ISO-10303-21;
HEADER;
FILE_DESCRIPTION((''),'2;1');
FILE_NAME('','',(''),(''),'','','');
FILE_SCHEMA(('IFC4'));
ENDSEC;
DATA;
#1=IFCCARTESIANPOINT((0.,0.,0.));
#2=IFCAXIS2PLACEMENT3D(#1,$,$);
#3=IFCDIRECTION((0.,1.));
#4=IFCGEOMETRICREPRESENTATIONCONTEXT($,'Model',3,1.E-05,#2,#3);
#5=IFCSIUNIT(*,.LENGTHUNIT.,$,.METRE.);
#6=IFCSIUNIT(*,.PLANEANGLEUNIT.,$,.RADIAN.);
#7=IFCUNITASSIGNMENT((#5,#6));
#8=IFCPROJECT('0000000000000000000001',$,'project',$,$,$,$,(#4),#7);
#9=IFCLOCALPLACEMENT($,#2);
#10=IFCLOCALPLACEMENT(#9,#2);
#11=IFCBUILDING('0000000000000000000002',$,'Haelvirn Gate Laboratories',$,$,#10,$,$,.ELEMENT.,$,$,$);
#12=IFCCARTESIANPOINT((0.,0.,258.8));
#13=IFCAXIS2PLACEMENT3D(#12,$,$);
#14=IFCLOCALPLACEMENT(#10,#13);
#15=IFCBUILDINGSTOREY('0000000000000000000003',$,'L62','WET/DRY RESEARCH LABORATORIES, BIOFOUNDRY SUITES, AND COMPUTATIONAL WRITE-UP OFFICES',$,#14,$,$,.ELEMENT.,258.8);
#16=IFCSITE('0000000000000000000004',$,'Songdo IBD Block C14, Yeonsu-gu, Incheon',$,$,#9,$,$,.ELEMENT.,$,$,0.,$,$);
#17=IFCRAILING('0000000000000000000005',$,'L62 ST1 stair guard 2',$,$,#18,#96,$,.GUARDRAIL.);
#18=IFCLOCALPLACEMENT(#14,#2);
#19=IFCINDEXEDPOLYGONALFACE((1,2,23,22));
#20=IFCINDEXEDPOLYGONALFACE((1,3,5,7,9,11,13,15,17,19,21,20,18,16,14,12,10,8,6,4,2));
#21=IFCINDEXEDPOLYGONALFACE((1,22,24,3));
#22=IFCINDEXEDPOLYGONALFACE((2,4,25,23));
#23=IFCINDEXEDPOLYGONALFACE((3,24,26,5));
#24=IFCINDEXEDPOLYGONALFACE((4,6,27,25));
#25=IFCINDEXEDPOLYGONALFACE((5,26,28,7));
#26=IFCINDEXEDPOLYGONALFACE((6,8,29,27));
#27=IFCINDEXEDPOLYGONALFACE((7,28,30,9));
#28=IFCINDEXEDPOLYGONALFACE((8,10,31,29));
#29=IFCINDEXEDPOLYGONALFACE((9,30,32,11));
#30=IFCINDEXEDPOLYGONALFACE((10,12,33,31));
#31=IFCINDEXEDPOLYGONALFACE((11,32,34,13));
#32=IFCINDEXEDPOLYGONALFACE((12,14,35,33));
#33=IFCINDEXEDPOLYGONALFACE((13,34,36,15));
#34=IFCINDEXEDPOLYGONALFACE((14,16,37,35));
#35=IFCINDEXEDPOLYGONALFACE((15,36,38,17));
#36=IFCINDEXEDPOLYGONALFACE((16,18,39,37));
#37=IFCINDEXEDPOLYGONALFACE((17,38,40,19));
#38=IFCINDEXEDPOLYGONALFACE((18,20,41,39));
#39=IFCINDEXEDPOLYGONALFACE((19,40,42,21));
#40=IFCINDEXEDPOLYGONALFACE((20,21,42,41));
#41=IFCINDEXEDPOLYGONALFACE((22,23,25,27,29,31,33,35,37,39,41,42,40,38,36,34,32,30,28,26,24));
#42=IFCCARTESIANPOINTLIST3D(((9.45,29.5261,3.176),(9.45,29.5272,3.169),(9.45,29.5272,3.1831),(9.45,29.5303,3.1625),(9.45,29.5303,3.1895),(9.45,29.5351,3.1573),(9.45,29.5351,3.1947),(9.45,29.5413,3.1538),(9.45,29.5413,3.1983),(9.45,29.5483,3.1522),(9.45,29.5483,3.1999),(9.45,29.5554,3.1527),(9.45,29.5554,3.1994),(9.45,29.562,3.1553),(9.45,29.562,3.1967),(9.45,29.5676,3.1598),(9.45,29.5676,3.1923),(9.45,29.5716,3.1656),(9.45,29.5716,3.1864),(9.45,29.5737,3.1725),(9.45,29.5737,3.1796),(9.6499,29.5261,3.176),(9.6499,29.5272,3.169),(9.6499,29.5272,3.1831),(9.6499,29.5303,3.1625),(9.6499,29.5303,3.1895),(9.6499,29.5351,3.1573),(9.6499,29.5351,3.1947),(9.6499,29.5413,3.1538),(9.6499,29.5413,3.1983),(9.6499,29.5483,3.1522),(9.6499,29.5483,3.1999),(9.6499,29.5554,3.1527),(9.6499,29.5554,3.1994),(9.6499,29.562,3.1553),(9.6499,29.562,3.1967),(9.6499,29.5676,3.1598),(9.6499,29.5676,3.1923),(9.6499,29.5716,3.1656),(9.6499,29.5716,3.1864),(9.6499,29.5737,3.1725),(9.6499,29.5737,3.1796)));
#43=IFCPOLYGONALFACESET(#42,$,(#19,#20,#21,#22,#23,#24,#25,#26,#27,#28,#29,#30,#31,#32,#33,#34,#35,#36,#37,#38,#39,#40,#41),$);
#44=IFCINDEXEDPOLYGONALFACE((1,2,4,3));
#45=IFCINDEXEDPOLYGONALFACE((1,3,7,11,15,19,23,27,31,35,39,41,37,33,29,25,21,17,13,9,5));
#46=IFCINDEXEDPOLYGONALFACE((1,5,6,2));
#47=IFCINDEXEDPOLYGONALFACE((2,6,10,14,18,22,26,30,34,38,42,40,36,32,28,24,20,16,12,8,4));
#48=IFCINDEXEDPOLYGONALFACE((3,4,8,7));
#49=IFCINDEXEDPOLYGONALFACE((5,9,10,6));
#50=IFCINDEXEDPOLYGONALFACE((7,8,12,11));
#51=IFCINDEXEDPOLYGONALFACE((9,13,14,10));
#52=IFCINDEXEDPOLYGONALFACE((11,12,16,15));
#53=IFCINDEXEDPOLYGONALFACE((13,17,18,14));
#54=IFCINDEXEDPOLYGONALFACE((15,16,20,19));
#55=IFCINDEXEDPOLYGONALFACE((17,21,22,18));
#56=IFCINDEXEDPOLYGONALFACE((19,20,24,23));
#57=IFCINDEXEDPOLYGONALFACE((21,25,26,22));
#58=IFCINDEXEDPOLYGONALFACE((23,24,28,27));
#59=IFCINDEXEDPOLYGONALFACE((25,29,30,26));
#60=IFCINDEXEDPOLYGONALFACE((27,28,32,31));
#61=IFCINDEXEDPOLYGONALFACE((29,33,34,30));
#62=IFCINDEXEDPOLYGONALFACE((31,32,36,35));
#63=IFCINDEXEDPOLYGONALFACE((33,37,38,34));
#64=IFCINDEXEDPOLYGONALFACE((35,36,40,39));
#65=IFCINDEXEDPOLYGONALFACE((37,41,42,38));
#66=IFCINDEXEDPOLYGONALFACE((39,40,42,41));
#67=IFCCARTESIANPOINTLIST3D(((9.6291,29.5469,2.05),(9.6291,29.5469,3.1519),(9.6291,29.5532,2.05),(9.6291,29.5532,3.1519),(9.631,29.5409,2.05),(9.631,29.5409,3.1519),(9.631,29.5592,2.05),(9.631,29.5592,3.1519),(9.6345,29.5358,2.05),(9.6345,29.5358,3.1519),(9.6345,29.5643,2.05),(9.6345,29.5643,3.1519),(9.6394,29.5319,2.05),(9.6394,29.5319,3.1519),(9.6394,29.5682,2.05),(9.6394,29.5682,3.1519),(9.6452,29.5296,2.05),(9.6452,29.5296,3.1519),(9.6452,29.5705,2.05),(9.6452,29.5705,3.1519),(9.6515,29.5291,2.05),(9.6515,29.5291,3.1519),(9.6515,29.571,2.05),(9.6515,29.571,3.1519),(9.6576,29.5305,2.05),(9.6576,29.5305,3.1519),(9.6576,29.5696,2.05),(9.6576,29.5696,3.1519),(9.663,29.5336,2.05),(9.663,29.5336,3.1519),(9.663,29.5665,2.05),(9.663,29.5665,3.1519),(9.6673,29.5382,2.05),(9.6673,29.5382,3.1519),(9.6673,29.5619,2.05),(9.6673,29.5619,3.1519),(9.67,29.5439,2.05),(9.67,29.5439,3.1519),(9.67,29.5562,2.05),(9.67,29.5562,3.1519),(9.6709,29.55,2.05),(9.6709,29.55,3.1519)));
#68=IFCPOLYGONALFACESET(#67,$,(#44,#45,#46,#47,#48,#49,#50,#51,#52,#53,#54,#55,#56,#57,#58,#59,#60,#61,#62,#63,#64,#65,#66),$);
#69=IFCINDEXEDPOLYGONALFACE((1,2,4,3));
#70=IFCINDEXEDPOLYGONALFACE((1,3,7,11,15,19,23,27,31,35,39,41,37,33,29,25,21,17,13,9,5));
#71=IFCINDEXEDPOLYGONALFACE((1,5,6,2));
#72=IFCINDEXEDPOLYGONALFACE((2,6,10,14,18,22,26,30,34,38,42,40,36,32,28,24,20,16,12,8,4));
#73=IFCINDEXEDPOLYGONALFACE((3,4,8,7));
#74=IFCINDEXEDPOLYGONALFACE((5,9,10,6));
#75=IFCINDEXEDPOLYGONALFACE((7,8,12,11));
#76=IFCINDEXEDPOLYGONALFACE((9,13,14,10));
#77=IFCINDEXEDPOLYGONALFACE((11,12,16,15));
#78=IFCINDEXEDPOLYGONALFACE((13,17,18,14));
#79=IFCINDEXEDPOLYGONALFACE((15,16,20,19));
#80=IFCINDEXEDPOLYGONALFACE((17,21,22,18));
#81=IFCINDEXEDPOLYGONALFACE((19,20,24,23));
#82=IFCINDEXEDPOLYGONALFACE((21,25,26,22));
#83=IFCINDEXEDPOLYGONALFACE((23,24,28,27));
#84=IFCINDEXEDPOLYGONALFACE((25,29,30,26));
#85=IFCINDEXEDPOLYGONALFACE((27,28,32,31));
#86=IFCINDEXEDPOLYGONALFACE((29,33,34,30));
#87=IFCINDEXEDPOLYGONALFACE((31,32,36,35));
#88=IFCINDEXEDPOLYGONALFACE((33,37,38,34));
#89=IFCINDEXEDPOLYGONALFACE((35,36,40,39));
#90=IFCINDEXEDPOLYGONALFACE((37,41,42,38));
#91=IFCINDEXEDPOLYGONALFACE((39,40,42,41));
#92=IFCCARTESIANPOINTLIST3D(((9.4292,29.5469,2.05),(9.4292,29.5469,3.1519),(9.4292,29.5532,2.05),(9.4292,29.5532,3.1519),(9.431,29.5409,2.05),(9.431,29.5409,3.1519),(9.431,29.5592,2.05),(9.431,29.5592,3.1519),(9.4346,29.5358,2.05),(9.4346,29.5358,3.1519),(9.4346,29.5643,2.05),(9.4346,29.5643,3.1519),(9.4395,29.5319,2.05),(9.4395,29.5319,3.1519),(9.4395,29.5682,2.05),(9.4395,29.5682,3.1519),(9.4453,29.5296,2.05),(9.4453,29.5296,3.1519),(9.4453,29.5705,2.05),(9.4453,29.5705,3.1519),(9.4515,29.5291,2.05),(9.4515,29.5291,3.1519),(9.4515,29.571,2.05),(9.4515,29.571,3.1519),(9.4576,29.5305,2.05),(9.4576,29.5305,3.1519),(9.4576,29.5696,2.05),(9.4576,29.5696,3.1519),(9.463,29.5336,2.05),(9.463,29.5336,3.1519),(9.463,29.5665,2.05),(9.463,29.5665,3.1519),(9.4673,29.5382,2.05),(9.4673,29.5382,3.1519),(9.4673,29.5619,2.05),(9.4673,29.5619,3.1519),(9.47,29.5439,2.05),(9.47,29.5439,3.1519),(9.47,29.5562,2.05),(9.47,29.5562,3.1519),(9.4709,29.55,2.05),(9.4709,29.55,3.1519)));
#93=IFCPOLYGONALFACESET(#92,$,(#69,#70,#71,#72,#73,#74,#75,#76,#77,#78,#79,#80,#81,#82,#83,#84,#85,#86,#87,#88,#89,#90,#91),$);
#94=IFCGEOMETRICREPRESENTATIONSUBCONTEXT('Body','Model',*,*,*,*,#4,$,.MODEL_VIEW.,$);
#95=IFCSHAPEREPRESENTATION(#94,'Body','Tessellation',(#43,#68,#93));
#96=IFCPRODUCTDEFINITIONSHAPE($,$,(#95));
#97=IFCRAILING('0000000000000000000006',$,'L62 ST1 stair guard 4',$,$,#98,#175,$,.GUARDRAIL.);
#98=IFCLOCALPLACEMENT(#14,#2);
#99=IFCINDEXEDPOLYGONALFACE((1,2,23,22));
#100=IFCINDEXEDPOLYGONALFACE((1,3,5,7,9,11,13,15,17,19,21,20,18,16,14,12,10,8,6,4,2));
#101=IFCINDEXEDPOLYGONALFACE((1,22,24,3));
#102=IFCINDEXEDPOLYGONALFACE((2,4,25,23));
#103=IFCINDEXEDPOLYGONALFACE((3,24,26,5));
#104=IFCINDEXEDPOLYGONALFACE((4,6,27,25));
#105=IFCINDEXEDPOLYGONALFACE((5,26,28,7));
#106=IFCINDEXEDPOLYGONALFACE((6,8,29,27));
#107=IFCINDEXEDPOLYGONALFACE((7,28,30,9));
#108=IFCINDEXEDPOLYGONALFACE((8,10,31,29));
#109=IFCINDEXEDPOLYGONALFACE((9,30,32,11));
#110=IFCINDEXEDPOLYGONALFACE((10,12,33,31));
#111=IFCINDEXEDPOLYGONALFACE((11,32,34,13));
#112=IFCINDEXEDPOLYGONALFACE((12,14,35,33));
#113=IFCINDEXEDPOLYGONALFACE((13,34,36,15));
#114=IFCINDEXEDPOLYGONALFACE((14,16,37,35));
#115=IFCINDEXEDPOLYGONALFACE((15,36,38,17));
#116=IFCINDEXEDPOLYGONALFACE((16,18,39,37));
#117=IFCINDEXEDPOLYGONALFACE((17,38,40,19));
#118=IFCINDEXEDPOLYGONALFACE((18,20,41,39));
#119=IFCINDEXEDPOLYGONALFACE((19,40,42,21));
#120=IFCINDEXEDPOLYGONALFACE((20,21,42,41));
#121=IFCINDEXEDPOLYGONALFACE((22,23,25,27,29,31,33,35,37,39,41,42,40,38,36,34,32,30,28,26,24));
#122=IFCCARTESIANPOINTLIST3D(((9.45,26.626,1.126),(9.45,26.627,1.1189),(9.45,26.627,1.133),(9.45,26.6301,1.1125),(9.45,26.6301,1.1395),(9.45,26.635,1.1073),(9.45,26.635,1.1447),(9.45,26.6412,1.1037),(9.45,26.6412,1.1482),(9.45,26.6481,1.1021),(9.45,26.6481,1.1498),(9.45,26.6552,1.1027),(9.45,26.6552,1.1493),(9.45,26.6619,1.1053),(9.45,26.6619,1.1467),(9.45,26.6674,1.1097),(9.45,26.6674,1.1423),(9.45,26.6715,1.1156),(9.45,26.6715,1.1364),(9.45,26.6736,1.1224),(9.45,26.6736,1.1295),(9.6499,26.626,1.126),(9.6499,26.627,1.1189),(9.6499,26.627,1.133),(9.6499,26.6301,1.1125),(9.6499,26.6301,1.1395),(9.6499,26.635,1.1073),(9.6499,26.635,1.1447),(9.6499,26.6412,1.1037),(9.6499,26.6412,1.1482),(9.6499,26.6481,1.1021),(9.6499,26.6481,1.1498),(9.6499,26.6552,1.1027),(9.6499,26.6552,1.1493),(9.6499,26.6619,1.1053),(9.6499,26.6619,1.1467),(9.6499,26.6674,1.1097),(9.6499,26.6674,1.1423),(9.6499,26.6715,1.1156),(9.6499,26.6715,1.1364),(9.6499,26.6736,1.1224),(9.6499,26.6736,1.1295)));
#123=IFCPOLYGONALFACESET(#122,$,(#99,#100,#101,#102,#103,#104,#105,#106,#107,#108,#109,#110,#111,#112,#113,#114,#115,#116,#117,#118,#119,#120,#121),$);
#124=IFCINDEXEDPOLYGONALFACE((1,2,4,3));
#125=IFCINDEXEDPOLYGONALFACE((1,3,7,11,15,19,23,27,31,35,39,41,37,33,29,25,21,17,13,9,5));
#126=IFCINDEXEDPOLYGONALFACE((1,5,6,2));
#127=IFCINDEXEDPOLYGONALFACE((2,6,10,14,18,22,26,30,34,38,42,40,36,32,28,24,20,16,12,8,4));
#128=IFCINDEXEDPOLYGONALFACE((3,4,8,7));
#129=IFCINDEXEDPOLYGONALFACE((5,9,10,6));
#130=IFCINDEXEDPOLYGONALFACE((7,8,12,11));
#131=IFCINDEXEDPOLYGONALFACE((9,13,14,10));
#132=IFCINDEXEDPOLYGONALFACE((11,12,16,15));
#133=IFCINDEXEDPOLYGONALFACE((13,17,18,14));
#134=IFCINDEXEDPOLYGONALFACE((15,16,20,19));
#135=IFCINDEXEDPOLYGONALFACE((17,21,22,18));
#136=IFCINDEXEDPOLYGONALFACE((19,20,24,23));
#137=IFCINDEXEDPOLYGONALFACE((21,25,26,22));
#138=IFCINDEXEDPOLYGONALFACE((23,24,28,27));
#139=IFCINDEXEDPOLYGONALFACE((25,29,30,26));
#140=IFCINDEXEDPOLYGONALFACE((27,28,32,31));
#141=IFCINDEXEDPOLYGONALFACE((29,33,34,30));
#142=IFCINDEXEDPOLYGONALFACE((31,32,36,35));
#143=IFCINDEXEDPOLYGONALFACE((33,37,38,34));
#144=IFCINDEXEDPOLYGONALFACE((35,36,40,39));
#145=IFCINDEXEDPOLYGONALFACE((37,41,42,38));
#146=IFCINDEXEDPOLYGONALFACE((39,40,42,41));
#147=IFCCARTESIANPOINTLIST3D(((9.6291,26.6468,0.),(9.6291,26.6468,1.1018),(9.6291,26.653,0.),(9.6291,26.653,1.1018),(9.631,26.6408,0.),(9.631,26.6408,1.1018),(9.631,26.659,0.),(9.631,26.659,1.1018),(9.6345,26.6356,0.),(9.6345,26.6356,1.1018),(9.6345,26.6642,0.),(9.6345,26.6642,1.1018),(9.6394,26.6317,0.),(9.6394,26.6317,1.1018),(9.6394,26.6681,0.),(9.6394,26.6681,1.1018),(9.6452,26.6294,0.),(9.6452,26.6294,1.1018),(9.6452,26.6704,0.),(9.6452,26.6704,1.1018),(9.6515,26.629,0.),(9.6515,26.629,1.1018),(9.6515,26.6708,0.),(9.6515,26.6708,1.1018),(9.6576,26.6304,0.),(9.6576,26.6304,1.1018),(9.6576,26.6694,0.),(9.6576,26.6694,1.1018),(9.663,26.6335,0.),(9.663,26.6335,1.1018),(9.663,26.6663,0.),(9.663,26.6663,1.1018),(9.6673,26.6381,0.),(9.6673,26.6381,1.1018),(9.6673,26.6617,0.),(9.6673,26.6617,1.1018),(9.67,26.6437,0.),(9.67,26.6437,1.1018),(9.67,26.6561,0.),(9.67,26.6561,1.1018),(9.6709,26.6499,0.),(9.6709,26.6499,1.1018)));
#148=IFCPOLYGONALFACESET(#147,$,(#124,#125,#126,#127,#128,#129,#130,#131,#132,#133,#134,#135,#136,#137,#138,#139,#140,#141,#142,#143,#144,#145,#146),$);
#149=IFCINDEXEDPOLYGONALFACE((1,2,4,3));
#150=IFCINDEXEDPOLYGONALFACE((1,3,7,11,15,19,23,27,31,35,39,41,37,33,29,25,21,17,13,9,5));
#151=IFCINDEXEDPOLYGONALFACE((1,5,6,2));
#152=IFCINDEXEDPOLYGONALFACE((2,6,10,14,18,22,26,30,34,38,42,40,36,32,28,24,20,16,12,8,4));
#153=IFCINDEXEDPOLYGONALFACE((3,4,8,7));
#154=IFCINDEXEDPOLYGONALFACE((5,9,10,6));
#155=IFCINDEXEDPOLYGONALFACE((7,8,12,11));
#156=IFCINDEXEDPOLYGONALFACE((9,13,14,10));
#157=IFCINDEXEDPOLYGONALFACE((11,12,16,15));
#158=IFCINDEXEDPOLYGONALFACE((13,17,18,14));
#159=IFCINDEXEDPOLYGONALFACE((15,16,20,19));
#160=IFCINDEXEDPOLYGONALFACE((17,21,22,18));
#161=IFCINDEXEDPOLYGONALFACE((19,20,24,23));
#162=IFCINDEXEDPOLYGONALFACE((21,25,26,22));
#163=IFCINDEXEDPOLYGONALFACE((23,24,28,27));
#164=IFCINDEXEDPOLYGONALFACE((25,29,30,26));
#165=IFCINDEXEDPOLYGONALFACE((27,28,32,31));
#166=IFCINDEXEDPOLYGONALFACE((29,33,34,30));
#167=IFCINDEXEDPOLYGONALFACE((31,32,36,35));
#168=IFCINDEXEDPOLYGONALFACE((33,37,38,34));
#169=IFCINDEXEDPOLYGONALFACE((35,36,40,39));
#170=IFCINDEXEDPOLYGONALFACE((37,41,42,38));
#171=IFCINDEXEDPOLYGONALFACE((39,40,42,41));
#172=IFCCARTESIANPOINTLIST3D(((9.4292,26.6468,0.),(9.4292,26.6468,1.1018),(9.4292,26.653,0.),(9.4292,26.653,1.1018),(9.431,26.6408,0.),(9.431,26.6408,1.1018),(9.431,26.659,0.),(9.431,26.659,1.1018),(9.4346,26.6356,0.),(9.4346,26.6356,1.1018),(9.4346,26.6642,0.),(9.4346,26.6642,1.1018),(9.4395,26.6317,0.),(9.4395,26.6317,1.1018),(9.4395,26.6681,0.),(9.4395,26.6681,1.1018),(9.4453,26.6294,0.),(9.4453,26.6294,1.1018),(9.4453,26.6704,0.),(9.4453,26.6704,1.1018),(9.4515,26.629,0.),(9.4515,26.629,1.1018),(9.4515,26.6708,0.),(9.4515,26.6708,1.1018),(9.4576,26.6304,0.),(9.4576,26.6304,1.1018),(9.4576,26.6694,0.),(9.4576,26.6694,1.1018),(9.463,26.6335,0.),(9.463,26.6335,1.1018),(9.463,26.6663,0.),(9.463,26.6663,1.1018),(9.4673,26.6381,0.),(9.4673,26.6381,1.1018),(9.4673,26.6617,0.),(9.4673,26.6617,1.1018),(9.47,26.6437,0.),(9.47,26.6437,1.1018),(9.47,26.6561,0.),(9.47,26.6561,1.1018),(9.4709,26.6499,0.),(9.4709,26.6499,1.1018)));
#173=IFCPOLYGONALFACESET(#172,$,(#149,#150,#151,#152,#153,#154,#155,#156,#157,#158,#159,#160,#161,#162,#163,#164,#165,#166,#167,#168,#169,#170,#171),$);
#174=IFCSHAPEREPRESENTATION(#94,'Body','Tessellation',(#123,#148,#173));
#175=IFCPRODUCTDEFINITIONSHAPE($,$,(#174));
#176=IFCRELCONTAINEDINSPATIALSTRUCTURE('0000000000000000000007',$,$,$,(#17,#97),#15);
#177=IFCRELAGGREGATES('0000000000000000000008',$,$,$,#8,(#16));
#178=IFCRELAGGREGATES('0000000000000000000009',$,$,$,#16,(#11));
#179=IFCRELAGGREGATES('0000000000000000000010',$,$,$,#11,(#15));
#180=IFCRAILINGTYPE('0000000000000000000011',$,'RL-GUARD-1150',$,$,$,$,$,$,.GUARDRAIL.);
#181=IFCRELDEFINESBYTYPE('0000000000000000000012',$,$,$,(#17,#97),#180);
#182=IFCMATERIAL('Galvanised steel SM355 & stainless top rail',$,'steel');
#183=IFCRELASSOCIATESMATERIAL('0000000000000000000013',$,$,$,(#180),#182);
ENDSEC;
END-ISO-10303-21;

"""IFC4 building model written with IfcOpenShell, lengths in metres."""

from ifc_helpers import new_model, si_unit, direction, frame, origin, origin_2d, place, context, subcontext, project, spatial, circle, extrude, source, transform, mapped, material, type_object, element, save


model = new_model("IFC4")

# Units and contexts
model_context = context("Model", 3, precision=1e-05, world=origin(), true_north=direction((0.0, 1.0)))
body_context = subcontext(model_context, "Body", "Model", "MODEL_VIEW")
ifc_project = project(units=[si_unit("LENGTHUNIT", "METRE"), si_unit("PLANEANGLEUNIT", "RADIAN")], contexts=[model_context])

# Site, building, storey
site_placement = place(None, origin())
site = spatial("IfcSite", under=ifc_project, at=site_placement, Name="Songdo IBD Block C14, Yeonsu-gu, Incheon", CompositionType="ELEMENT", RefElevation=0.0)
building_placement = place(site_placement, origin())
building = spatial("IfcBuilding", under=site, at=building_placement, Name="Haelvirn Gate Laboratories", CompositionType="ELEMENT")
storey_placement = place(building_placement, frame((0.0, 0.0, 258.8)))
storey = spatial("IfcBuildingStorey", under=building, at=storey_placement, Name="L62", Description="WET/DRY RESEARCH LABORATORIES, BIOFOUNDRY SUITES, AND COMPUTATIONAL WRITE-UP OFFICES", CompositionType="ELEMENT", Elevation=258.8)

# Railings
ifc_material_1 = material(Name="Galvanised steel SM355 & stainless top rail", Category="steel")
railing_type_1 = type_object("IfcRailingType", Name="RL-GUARD-1150", PredefinedType="GUARDRAIL", material=ifc_material_1)
shared_shape_1 = source(origin(), body_context, "Body", "SweptSolid", [
    extrude(circle(Radius=0.0239, at=origin_2d()), frame((0.0, 0.0, 1.126), z_axis=(-1.0, 0.0, 0.0), x_axis=(0.0, -1.0, 0.0)), (0.0, 0.0, 1.0), 0.2),
    extrude(circle(Radius=0.021, at=origin_2d()), origin(), (0.0, 0.0, 1.0), 1.1018),
    extrude(circle(Radius=0.021, at=origin_2d()), frame((-0.2, 0.0, 0.0)), (0.0, 0.0, 1.0), 1.1018),
])
for number, where, name in (
    (1, (9.6499, 29.55, 2.05), "L62 ST1 stair guard 2"),
    (2, (9.6499, 26.6499, 0.0), "L62 ST1 stair guard 4"),
):
    element("IfcRailing", number, at=place(storey_placement, frame(where)), inside=storey, type_object=railing_type_1, Name=name, PredefinedType="GUARDRAIL", context=body_context, shape_type="MappedRepresentation", body=[
        mapped(shared_shape_1, transform((0.0, 0.0, 0.0), scale=1.0)),
    ])

save(model, "model.ifc")
